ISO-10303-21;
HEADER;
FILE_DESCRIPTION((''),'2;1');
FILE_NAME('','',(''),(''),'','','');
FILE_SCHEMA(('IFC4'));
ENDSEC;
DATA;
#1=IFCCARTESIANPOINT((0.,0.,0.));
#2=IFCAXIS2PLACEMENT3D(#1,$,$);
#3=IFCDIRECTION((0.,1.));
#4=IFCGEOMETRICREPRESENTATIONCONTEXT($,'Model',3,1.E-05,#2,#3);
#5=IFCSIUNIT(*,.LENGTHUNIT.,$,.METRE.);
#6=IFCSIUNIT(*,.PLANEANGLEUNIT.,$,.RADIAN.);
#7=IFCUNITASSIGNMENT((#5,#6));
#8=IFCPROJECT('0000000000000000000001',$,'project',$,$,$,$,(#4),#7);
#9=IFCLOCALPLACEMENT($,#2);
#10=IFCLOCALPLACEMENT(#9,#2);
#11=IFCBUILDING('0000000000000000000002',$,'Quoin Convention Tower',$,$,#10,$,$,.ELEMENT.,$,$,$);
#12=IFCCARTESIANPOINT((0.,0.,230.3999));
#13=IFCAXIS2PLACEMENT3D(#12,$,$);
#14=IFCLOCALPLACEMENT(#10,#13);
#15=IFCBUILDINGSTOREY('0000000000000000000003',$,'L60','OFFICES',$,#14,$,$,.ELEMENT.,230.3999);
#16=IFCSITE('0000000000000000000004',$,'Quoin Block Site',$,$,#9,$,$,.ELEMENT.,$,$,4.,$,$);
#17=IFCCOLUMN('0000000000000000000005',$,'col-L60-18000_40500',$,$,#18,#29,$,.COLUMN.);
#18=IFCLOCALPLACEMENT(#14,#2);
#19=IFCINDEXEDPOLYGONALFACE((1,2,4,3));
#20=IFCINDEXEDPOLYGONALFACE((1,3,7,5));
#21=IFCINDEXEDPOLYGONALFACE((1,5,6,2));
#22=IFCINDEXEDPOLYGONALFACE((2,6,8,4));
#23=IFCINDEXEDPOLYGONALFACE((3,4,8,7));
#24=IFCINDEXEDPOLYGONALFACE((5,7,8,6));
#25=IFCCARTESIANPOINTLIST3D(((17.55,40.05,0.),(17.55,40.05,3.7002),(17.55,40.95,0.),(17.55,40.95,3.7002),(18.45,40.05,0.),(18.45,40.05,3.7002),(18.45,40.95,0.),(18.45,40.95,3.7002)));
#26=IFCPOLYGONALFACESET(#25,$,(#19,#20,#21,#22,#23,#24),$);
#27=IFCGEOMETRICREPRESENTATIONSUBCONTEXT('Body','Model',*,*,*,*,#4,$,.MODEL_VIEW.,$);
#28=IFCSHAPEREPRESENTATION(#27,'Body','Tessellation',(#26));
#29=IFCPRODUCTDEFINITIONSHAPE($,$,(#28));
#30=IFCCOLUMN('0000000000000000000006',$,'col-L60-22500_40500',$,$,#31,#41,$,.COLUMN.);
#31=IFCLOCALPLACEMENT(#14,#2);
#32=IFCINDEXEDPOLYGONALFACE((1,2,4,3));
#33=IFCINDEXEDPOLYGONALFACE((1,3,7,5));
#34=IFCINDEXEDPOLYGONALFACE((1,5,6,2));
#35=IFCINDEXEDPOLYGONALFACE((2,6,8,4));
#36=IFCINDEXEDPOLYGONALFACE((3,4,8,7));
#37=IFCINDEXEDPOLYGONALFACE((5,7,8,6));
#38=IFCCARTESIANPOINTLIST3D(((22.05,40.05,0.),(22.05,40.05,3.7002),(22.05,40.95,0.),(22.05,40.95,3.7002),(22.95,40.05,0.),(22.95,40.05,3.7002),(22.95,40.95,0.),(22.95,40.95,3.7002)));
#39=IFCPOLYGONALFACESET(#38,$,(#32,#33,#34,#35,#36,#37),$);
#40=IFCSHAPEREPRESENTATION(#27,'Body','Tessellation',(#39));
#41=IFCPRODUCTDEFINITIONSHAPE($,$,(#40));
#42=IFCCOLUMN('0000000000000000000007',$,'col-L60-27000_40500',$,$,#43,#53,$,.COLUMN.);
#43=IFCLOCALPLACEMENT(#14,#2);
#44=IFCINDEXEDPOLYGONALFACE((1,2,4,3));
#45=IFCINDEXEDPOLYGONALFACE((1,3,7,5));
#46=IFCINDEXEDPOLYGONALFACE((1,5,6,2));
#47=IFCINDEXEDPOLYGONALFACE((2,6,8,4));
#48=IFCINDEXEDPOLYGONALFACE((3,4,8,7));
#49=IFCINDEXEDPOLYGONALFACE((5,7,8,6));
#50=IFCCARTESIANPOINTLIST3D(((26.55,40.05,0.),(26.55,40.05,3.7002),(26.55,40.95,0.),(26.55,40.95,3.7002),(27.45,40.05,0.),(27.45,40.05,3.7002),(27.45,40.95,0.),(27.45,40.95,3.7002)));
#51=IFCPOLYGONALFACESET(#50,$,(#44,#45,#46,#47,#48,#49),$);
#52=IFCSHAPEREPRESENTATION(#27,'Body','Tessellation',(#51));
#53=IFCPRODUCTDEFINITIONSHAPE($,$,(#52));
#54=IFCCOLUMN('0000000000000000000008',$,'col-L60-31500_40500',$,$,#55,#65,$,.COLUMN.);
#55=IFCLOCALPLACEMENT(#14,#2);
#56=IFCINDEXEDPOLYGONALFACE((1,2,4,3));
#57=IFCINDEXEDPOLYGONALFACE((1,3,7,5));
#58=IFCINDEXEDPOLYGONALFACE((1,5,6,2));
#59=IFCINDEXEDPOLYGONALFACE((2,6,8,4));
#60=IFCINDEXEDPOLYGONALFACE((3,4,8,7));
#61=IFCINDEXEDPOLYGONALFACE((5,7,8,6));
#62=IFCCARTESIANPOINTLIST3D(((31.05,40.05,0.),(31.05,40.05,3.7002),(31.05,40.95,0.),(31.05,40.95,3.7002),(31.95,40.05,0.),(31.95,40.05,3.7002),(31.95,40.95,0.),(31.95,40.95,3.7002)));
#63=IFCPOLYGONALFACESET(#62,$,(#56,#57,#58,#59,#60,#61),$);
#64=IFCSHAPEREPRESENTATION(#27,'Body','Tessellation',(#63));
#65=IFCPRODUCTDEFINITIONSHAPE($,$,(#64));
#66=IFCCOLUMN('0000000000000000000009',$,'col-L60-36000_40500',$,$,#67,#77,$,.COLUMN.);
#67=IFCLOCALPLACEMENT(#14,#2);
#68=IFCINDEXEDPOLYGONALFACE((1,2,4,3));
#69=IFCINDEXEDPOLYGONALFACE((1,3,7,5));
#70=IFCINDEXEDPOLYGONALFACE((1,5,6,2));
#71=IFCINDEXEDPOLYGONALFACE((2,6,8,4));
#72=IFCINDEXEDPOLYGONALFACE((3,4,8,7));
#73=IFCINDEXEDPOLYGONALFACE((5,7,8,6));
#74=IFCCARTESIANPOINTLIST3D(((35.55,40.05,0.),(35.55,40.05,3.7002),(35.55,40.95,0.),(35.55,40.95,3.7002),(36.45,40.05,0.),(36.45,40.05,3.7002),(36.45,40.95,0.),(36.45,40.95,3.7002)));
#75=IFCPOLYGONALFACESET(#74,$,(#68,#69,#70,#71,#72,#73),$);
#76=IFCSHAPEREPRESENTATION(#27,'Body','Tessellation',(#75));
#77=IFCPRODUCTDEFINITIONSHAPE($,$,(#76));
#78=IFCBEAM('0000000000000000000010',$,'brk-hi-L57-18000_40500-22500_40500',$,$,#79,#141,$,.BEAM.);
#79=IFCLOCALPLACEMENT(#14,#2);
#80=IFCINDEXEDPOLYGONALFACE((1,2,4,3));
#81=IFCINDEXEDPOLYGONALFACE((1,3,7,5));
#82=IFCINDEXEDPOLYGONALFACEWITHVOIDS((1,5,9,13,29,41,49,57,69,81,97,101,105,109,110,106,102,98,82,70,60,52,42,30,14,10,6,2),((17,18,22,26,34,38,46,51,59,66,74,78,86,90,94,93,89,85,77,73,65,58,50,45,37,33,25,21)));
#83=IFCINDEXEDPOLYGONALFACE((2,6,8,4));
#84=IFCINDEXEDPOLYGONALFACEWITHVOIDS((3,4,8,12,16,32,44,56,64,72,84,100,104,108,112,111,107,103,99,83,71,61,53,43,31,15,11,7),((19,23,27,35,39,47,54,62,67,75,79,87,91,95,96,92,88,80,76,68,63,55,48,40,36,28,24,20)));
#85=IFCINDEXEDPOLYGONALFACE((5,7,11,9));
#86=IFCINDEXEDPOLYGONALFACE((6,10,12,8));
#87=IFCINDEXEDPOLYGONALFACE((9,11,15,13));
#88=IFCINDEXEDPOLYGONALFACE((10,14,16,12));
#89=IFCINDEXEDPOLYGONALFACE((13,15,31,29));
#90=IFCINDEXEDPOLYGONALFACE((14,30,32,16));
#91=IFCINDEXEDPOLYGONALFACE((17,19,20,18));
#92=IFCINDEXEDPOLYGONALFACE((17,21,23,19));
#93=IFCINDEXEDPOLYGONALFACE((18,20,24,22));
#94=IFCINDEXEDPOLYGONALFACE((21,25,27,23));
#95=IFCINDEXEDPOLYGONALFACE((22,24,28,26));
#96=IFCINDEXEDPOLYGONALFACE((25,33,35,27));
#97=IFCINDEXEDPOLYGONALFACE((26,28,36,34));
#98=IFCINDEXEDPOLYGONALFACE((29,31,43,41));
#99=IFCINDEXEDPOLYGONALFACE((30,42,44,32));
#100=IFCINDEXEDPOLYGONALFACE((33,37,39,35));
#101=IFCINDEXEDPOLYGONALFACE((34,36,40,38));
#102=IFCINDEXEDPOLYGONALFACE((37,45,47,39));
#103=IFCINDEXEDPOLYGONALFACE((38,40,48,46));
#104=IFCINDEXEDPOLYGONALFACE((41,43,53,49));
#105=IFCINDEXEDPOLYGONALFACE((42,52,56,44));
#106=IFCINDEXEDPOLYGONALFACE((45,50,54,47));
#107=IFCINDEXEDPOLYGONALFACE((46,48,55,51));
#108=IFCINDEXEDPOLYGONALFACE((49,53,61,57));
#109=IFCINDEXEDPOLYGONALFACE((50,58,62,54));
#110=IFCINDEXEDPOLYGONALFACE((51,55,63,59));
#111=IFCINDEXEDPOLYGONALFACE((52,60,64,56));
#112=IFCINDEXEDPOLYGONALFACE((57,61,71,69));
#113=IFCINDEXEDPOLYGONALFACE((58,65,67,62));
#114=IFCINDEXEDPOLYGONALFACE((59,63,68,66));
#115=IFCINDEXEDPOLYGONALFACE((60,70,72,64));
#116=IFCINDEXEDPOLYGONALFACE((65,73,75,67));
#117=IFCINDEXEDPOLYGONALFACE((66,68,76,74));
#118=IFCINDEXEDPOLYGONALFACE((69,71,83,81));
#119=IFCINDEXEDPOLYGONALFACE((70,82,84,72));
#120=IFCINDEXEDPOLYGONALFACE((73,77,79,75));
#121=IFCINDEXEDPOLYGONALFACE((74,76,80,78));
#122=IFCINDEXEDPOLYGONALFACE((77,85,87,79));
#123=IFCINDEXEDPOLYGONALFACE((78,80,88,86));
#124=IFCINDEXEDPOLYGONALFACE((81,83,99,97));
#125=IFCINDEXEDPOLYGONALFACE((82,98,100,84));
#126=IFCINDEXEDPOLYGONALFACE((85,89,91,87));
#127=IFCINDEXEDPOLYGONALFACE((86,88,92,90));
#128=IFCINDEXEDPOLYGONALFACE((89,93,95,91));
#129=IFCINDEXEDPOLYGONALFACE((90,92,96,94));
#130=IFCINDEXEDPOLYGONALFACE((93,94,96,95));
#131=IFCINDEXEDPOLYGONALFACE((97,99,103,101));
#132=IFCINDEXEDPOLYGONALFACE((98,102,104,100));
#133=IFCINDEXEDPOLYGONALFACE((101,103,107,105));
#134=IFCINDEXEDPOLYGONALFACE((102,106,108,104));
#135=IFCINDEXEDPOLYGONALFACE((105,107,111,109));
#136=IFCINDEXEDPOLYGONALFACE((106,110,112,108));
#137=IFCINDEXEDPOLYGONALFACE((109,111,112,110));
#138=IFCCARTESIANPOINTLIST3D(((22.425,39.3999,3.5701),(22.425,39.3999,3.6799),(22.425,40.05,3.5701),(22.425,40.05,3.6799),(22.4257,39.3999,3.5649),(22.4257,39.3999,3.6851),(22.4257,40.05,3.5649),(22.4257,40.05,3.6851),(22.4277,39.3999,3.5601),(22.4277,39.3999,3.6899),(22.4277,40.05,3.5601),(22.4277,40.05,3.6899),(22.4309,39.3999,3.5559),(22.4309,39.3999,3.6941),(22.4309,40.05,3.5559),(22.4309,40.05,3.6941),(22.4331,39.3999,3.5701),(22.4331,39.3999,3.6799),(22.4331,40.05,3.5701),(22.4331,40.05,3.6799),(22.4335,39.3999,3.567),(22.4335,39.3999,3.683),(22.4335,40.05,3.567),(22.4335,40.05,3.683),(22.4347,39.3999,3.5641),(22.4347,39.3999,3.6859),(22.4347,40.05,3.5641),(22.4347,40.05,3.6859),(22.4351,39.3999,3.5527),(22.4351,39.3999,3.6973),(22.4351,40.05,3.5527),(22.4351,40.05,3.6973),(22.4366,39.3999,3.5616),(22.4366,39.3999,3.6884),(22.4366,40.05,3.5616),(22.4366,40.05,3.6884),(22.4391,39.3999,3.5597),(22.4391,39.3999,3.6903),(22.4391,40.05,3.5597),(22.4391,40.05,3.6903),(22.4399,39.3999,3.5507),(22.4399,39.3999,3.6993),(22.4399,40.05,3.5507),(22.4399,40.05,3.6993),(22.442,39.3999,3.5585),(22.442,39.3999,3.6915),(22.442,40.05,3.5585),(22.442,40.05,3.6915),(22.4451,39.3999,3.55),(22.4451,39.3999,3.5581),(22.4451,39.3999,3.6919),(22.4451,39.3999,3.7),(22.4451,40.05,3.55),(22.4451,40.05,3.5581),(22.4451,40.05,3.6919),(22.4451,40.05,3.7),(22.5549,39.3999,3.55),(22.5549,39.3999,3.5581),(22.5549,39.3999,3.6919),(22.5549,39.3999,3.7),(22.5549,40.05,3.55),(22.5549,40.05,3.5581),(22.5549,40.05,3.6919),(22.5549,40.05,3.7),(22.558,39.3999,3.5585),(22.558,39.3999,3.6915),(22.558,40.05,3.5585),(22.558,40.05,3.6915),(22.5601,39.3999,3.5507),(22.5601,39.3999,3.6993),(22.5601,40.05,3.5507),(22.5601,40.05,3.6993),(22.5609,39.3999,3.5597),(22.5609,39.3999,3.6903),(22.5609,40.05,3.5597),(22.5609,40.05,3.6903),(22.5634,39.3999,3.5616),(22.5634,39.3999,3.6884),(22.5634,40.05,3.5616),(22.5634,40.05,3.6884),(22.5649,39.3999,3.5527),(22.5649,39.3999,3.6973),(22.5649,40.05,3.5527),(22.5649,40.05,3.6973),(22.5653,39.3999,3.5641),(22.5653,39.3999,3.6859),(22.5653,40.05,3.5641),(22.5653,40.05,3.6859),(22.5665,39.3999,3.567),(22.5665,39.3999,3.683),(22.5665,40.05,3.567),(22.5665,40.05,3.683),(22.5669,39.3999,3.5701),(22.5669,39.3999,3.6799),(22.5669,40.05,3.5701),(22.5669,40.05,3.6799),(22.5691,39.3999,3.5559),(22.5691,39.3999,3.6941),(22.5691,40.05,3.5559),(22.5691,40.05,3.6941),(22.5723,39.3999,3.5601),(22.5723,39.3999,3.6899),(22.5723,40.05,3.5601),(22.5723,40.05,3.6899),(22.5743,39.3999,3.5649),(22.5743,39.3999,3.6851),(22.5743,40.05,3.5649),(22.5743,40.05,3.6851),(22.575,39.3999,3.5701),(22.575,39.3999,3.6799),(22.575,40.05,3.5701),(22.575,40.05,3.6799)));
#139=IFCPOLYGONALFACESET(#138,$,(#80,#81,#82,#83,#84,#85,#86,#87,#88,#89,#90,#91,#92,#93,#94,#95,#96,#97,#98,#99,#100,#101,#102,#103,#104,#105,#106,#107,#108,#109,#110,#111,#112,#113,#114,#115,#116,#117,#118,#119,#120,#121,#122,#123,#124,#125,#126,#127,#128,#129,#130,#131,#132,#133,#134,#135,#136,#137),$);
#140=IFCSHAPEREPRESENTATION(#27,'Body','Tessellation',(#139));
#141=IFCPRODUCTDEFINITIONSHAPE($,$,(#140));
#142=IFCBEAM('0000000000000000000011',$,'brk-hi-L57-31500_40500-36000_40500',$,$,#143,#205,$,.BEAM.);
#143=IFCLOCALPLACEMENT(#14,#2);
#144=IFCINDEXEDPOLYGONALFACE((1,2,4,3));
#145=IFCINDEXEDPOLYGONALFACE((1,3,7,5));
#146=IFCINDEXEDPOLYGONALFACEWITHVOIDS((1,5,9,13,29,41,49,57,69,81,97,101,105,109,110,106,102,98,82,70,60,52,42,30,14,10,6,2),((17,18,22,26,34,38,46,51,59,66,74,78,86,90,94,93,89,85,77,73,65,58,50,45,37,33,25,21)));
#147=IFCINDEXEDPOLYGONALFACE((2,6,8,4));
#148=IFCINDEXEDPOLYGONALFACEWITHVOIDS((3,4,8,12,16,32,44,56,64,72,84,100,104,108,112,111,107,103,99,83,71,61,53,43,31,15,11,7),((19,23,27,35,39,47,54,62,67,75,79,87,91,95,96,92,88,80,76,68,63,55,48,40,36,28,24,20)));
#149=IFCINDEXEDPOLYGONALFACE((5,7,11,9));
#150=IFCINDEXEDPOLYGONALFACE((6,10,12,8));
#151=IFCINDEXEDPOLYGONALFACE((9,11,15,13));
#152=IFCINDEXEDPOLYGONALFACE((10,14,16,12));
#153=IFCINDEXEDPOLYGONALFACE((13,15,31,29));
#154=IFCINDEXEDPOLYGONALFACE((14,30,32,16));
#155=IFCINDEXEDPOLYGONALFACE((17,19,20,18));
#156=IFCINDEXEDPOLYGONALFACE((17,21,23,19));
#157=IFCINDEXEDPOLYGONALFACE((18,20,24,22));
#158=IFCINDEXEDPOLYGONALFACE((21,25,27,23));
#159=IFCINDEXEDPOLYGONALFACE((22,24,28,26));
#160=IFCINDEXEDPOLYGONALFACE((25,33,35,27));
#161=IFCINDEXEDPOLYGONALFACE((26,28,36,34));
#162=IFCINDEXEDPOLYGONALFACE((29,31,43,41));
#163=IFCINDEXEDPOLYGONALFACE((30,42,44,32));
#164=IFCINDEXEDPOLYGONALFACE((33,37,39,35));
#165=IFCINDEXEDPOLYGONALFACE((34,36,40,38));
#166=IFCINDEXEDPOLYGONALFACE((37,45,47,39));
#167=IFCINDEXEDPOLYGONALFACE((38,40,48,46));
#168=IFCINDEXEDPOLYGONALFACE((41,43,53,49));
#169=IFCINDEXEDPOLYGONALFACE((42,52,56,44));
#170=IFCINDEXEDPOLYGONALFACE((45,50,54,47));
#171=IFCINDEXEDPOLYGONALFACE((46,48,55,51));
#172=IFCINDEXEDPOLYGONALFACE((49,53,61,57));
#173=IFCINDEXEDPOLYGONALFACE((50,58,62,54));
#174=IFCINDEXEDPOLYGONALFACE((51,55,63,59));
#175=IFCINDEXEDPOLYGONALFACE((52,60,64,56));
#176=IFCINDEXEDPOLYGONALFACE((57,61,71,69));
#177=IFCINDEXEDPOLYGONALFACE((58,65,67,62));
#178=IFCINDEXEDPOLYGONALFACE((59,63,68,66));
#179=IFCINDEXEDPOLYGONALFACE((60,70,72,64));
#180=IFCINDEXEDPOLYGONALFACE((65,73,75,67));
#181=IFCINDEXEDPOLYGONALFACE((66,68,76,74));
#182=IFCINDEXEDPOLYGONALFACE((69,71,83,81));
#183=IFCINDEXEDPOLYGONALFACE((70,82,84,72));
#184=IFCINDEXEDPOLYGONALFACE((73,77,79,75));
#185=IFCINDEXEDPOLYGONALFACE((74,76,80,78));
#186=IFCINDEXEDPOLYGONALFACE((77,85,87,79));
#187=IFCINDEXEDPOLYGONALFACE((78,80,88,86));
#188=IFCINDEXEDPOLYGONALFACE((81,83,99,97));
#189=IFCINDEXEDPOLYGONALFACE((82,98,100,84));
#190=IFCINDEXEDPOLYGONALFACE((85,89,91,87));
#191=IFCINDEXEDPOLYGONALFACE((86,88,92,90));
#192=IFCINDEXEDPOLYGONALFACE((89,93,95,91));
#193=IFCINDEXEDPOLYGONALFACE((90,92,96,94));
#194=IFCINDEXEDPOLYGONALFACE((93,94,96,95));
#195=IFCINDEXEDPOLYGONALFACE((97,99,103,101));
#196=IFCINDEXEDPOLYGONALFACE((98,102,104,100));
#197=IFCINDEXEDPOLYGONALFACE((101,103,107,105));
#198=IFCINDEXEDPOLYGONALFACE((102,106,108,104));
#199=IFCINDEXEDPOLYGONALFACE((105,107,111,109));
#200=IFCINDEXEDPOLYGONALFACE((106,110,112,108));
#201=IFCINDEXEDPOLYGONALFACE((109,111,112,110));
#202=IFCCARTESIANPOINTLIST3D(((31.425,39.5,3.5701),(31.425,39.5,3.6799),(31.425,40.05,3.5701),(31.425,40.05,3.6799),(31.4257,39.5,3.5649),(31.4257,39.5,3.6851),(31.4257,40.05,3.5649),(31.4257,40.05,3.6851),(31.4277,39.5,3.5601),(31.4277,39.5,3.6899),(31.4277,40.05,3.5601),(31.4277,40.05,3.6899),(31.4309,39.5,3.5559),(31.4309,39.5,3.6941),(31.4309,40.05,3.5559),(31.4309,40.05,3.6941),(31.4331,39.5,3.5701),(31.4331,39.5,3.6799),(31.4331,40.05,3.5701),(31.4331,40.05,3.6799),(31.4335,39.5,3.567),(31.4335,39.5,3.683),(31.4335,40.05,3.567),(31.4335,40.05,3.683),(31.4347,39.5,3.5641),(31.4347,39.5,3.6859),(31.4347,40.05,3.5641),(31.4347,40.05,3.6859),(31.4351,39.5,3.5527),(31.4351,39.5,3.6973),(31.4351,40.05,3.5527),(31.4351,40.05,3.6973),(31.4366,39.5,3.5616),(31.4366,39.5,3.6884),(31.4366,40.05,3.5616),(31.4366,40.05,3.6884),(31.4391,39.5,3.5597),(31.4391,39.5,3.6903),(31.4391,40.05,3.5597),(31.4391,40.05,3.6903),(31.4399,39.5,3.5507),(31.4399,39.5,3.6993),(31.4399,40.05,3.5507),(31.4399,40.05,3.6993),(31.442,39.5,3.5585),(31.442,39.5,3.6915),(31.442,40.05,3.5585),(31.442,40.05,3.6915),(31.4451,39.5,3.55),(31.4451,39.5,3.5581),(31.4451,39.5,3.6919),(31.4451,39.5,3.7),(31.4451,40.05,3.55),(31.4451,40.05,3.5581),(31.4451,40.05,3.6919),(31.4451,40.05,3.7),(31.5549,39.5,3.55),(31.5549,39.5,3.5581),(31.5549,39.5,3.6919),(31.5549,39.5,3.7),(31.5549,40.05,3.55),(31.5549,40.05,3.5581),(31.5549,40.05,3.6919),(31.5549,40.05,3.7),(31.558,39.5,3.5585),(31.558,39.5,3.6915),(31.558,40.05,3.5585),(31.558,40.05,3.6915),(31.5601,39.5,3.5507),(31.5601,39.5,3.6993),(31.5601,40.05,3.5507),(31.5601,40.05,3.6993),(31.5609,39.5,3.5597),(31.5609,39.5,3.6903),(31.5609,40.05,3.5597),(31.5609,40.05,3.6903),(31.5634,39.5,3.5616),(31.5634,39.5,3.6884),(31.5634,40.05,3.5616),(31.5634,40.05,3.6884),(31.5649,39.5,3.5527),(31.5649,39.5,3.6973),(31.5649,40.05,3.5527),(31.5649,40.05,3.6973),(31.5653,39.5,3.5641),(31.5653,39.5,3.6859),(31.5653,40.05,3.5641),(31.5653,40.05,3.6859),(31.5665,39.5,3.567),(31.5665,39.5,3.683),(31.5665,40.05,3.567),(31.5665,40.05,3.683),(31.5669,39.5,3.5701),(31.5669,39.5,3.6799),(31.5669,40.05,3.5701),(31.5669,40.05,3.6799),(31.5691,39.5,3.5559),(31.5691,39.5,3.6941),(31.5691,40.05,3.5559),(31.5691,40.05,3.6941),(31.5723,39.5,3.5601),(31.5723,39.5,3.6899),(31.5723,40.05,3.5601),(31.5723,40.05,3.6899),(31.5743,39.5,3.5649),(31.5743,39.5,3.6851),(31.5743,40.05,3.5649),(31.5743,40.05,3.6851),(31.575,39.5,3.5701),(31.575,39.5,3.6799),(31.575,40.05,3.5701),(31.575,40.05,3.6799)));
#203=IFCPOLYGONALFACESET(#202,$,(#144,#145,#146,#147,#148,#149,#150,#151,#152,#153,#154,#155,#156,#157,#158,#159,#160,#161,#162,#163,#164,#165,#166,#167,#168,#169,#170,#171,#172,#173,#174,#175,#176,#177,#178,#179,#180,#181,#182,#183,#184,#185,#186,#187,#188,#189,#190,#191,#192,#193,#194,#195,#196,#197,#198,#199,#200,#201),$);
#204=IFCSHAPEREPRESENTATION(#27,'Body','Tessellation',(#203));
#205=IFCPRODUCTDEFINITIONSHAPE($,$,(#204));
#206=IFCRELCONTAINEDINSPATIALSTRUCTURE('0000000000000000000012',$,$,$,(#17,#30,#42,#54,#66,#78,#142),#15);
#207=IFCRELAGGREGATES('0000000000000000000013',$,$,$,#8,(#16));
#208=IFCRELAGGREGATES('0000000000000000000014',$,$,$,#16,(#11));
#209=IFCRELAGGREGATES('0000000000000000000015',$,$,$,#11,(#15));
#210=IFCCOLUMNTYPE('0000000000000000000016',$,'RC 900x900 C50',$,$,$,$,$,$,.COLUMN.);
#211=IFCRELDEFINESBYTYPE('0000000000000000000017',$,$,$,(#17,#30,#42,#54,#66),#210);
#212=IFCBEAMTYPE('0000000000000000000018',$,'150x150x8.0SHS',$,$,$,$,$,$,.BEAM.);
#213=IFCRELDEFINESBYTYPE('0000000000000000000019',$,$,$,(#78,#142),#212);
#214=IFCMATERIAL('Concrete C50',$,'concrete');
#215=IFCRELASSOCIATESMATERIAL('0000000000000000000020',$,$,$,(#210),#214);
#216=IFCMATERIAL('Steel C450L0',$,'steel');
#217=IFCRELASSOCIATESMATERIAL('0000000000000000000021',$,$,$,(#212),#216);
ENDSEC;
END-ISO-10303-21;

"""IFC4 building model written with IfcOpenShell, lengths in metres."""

from ifc_helpers import new_model, si_unit, direction, frame, origin, origin_2d, place, context, subcontext, project, spatial, rectangle, hollow_rectangle, extrude, material, material_profile, profile_set, type_object, element, save


model = new_model("IFC4")

# Units and contexts
model_context = context("Model", 3, precision=1e-05, world=origin(), true_north=direction((0.0, 1.0)))
body_context = subcontext(model_context, "Body", "Model", "MODEL_VIEW")
ifc_project = project(units=[si_unit("LENGTHUNIT", "METRE"), si_unit("PLANEANGLEUNIT", "RADIAN")], contexts=[model_context])

# Site, building, storey
site_placement = place(None, origin())
site = spatial("IfcSite", under=ifc_project, at=site_placement, Name="Quoin Block Site", CompositionType="ELEMENT", RefElevation=4.0)
building_placement = place(site_placement, origin())
building = spatial("IfcBuilding", under=site, at=building_placement, Name="Quoin Convention Tower", CompositionType="ELEMENT")
storey_placement = place(building_placement, frame((0.0, 0.0, 230.3999)))
storey = spatial("IfcBuildingStorey", under=building, at=storey_placement, Name="L60", Description="OFFICES", CompositionType="ELEMENT", Elevation=230.3999)

# Columns
ifc_material_1 = material(Name="Concrete C50", Category="concrete")
ifc_material_profile_1 = material_profile(ifc_material_1, rectangle(XDim=0.8999, YDim=0.8999, at=origin_2d()), Name="RC 900x900")
ifc_profile_set_1 = profile_set([ifc_material_profile_1], Name="Concrete C50")
column_type = type_object("IfcColumnType", Name="RC 900x900 C50", PredefinedType="COLUMN", material=ifc_profile_set_1)
for number, where, z_axis, x_axis, name in (
    (1, (18.0, 40.5, 0.0), (0.0, 0.0, 1.0), (1.0, 0.0, 0.0), "col-L60-18000_40500"),
    (2, (22.5, 40.5, 0.0), (0.0, 0.0, 1.0), (1.0, 0.0, 0.0), "col-L60-22500_40500"),
    (3, (27.0, 40.5, 0.0), (0.0, 0.0, 1.0), (1.0, 0.0, 0.0), "col-L60-27000_40500"),
    (4, (31.5, 40.5, 0.0), (0.0, 0.0, 1.0), (1.0, 0.0, 0.0), "col-L60-31500_40500"),
    (5, (36.0, 40.5, 0.0), (0.0, 0.0, 1.0), (1.0, 0.0, 0.0), "col-L60-36000_40500"),
):
    element("IfcColumn", number, at=place(storey_placement, frame(where, z_axis=z_axis, x_axis=x_axis)), inside=storey, type_object=column_type, Name=name, PredefinedType="COLUMN", context=body_context, shape_type="SweptSolid", body=[
        extrude(rectangle(XDim=0.8999, YDim=0.8999, at=origin_2d()), origin(), (0.0, 0.0, 1.0), 3.7002),
    ])

# Beams
ifc_material_2 = material(Name="Steel C450L0", Category="steel")
ifc_material_profile_2 = material_profile(ifc_material_2, hollow_rectangle(XDim=0.1499, YDim=0.1499, WallThickness=0.0081, InnerFilletRadius=0.012, OuterFilletRadius=0.02, at=origin_2d()), Name="150x150x8.0SHS")
ifc_profile_set_2 = profile_set([ifc_material_profile_2], Name="Steel C450L0")
beam_type_1 = type_object("IfcBeamType", Name="150x150x8.0SHS", PredefinedType="BEAM", material=ifc_profile_set_2)
beam_1_placement = place(storey_placement, frame((22.5, 40.05, 3.625), z_axis=(0.0, -1.0, 0.0), x_axis=(1.0, 0.0, 0.0)))
element("IfcBeam", 6, at=beam_1_placement, inside=storey, type_object=beam_type_1, Name="brk-hi-L57-18000_40500-22500_40500", PredefinedType="BEAM", context=body_context, shape_type="SweptSolid", body=[
    extrude(hollow_rectangle(XDim=0.1499, YDim=0.1499, WallThickness=0.0081, InnerFilletRadius=0.012, OuterFilletRadius=0.02, at=origin_2d()), origin(), (0.0, 0.0, 1.0), 0.6501),
])
beam_2_placement = place(storey_placement, frame((31.5, 40.05, 3.625), z_axis=(0.0, -1.0, 0.0), x_axis=(1.0, 0.0, 0.0)))
element("IfcBeam", 7, at=beam_2_placement, inside=storey, type_object=beam_type_1, Name="brk-hi-L57-31500_40500-36000_40500", PredefinedType="BEAM", context=body_context, shape_type="SweptSolid", body=[
    extrude(hollow_rectangle(XDim=0.1499, YDim=0.1499, WallThickness=0.0081, InnerFilletRadius=0.012, OuterFilletRadius=0.02, at=origin_2d()), origin(), (0.0, 0.0, 1.0), 0.55),
])

save(model, "model.ifc")
